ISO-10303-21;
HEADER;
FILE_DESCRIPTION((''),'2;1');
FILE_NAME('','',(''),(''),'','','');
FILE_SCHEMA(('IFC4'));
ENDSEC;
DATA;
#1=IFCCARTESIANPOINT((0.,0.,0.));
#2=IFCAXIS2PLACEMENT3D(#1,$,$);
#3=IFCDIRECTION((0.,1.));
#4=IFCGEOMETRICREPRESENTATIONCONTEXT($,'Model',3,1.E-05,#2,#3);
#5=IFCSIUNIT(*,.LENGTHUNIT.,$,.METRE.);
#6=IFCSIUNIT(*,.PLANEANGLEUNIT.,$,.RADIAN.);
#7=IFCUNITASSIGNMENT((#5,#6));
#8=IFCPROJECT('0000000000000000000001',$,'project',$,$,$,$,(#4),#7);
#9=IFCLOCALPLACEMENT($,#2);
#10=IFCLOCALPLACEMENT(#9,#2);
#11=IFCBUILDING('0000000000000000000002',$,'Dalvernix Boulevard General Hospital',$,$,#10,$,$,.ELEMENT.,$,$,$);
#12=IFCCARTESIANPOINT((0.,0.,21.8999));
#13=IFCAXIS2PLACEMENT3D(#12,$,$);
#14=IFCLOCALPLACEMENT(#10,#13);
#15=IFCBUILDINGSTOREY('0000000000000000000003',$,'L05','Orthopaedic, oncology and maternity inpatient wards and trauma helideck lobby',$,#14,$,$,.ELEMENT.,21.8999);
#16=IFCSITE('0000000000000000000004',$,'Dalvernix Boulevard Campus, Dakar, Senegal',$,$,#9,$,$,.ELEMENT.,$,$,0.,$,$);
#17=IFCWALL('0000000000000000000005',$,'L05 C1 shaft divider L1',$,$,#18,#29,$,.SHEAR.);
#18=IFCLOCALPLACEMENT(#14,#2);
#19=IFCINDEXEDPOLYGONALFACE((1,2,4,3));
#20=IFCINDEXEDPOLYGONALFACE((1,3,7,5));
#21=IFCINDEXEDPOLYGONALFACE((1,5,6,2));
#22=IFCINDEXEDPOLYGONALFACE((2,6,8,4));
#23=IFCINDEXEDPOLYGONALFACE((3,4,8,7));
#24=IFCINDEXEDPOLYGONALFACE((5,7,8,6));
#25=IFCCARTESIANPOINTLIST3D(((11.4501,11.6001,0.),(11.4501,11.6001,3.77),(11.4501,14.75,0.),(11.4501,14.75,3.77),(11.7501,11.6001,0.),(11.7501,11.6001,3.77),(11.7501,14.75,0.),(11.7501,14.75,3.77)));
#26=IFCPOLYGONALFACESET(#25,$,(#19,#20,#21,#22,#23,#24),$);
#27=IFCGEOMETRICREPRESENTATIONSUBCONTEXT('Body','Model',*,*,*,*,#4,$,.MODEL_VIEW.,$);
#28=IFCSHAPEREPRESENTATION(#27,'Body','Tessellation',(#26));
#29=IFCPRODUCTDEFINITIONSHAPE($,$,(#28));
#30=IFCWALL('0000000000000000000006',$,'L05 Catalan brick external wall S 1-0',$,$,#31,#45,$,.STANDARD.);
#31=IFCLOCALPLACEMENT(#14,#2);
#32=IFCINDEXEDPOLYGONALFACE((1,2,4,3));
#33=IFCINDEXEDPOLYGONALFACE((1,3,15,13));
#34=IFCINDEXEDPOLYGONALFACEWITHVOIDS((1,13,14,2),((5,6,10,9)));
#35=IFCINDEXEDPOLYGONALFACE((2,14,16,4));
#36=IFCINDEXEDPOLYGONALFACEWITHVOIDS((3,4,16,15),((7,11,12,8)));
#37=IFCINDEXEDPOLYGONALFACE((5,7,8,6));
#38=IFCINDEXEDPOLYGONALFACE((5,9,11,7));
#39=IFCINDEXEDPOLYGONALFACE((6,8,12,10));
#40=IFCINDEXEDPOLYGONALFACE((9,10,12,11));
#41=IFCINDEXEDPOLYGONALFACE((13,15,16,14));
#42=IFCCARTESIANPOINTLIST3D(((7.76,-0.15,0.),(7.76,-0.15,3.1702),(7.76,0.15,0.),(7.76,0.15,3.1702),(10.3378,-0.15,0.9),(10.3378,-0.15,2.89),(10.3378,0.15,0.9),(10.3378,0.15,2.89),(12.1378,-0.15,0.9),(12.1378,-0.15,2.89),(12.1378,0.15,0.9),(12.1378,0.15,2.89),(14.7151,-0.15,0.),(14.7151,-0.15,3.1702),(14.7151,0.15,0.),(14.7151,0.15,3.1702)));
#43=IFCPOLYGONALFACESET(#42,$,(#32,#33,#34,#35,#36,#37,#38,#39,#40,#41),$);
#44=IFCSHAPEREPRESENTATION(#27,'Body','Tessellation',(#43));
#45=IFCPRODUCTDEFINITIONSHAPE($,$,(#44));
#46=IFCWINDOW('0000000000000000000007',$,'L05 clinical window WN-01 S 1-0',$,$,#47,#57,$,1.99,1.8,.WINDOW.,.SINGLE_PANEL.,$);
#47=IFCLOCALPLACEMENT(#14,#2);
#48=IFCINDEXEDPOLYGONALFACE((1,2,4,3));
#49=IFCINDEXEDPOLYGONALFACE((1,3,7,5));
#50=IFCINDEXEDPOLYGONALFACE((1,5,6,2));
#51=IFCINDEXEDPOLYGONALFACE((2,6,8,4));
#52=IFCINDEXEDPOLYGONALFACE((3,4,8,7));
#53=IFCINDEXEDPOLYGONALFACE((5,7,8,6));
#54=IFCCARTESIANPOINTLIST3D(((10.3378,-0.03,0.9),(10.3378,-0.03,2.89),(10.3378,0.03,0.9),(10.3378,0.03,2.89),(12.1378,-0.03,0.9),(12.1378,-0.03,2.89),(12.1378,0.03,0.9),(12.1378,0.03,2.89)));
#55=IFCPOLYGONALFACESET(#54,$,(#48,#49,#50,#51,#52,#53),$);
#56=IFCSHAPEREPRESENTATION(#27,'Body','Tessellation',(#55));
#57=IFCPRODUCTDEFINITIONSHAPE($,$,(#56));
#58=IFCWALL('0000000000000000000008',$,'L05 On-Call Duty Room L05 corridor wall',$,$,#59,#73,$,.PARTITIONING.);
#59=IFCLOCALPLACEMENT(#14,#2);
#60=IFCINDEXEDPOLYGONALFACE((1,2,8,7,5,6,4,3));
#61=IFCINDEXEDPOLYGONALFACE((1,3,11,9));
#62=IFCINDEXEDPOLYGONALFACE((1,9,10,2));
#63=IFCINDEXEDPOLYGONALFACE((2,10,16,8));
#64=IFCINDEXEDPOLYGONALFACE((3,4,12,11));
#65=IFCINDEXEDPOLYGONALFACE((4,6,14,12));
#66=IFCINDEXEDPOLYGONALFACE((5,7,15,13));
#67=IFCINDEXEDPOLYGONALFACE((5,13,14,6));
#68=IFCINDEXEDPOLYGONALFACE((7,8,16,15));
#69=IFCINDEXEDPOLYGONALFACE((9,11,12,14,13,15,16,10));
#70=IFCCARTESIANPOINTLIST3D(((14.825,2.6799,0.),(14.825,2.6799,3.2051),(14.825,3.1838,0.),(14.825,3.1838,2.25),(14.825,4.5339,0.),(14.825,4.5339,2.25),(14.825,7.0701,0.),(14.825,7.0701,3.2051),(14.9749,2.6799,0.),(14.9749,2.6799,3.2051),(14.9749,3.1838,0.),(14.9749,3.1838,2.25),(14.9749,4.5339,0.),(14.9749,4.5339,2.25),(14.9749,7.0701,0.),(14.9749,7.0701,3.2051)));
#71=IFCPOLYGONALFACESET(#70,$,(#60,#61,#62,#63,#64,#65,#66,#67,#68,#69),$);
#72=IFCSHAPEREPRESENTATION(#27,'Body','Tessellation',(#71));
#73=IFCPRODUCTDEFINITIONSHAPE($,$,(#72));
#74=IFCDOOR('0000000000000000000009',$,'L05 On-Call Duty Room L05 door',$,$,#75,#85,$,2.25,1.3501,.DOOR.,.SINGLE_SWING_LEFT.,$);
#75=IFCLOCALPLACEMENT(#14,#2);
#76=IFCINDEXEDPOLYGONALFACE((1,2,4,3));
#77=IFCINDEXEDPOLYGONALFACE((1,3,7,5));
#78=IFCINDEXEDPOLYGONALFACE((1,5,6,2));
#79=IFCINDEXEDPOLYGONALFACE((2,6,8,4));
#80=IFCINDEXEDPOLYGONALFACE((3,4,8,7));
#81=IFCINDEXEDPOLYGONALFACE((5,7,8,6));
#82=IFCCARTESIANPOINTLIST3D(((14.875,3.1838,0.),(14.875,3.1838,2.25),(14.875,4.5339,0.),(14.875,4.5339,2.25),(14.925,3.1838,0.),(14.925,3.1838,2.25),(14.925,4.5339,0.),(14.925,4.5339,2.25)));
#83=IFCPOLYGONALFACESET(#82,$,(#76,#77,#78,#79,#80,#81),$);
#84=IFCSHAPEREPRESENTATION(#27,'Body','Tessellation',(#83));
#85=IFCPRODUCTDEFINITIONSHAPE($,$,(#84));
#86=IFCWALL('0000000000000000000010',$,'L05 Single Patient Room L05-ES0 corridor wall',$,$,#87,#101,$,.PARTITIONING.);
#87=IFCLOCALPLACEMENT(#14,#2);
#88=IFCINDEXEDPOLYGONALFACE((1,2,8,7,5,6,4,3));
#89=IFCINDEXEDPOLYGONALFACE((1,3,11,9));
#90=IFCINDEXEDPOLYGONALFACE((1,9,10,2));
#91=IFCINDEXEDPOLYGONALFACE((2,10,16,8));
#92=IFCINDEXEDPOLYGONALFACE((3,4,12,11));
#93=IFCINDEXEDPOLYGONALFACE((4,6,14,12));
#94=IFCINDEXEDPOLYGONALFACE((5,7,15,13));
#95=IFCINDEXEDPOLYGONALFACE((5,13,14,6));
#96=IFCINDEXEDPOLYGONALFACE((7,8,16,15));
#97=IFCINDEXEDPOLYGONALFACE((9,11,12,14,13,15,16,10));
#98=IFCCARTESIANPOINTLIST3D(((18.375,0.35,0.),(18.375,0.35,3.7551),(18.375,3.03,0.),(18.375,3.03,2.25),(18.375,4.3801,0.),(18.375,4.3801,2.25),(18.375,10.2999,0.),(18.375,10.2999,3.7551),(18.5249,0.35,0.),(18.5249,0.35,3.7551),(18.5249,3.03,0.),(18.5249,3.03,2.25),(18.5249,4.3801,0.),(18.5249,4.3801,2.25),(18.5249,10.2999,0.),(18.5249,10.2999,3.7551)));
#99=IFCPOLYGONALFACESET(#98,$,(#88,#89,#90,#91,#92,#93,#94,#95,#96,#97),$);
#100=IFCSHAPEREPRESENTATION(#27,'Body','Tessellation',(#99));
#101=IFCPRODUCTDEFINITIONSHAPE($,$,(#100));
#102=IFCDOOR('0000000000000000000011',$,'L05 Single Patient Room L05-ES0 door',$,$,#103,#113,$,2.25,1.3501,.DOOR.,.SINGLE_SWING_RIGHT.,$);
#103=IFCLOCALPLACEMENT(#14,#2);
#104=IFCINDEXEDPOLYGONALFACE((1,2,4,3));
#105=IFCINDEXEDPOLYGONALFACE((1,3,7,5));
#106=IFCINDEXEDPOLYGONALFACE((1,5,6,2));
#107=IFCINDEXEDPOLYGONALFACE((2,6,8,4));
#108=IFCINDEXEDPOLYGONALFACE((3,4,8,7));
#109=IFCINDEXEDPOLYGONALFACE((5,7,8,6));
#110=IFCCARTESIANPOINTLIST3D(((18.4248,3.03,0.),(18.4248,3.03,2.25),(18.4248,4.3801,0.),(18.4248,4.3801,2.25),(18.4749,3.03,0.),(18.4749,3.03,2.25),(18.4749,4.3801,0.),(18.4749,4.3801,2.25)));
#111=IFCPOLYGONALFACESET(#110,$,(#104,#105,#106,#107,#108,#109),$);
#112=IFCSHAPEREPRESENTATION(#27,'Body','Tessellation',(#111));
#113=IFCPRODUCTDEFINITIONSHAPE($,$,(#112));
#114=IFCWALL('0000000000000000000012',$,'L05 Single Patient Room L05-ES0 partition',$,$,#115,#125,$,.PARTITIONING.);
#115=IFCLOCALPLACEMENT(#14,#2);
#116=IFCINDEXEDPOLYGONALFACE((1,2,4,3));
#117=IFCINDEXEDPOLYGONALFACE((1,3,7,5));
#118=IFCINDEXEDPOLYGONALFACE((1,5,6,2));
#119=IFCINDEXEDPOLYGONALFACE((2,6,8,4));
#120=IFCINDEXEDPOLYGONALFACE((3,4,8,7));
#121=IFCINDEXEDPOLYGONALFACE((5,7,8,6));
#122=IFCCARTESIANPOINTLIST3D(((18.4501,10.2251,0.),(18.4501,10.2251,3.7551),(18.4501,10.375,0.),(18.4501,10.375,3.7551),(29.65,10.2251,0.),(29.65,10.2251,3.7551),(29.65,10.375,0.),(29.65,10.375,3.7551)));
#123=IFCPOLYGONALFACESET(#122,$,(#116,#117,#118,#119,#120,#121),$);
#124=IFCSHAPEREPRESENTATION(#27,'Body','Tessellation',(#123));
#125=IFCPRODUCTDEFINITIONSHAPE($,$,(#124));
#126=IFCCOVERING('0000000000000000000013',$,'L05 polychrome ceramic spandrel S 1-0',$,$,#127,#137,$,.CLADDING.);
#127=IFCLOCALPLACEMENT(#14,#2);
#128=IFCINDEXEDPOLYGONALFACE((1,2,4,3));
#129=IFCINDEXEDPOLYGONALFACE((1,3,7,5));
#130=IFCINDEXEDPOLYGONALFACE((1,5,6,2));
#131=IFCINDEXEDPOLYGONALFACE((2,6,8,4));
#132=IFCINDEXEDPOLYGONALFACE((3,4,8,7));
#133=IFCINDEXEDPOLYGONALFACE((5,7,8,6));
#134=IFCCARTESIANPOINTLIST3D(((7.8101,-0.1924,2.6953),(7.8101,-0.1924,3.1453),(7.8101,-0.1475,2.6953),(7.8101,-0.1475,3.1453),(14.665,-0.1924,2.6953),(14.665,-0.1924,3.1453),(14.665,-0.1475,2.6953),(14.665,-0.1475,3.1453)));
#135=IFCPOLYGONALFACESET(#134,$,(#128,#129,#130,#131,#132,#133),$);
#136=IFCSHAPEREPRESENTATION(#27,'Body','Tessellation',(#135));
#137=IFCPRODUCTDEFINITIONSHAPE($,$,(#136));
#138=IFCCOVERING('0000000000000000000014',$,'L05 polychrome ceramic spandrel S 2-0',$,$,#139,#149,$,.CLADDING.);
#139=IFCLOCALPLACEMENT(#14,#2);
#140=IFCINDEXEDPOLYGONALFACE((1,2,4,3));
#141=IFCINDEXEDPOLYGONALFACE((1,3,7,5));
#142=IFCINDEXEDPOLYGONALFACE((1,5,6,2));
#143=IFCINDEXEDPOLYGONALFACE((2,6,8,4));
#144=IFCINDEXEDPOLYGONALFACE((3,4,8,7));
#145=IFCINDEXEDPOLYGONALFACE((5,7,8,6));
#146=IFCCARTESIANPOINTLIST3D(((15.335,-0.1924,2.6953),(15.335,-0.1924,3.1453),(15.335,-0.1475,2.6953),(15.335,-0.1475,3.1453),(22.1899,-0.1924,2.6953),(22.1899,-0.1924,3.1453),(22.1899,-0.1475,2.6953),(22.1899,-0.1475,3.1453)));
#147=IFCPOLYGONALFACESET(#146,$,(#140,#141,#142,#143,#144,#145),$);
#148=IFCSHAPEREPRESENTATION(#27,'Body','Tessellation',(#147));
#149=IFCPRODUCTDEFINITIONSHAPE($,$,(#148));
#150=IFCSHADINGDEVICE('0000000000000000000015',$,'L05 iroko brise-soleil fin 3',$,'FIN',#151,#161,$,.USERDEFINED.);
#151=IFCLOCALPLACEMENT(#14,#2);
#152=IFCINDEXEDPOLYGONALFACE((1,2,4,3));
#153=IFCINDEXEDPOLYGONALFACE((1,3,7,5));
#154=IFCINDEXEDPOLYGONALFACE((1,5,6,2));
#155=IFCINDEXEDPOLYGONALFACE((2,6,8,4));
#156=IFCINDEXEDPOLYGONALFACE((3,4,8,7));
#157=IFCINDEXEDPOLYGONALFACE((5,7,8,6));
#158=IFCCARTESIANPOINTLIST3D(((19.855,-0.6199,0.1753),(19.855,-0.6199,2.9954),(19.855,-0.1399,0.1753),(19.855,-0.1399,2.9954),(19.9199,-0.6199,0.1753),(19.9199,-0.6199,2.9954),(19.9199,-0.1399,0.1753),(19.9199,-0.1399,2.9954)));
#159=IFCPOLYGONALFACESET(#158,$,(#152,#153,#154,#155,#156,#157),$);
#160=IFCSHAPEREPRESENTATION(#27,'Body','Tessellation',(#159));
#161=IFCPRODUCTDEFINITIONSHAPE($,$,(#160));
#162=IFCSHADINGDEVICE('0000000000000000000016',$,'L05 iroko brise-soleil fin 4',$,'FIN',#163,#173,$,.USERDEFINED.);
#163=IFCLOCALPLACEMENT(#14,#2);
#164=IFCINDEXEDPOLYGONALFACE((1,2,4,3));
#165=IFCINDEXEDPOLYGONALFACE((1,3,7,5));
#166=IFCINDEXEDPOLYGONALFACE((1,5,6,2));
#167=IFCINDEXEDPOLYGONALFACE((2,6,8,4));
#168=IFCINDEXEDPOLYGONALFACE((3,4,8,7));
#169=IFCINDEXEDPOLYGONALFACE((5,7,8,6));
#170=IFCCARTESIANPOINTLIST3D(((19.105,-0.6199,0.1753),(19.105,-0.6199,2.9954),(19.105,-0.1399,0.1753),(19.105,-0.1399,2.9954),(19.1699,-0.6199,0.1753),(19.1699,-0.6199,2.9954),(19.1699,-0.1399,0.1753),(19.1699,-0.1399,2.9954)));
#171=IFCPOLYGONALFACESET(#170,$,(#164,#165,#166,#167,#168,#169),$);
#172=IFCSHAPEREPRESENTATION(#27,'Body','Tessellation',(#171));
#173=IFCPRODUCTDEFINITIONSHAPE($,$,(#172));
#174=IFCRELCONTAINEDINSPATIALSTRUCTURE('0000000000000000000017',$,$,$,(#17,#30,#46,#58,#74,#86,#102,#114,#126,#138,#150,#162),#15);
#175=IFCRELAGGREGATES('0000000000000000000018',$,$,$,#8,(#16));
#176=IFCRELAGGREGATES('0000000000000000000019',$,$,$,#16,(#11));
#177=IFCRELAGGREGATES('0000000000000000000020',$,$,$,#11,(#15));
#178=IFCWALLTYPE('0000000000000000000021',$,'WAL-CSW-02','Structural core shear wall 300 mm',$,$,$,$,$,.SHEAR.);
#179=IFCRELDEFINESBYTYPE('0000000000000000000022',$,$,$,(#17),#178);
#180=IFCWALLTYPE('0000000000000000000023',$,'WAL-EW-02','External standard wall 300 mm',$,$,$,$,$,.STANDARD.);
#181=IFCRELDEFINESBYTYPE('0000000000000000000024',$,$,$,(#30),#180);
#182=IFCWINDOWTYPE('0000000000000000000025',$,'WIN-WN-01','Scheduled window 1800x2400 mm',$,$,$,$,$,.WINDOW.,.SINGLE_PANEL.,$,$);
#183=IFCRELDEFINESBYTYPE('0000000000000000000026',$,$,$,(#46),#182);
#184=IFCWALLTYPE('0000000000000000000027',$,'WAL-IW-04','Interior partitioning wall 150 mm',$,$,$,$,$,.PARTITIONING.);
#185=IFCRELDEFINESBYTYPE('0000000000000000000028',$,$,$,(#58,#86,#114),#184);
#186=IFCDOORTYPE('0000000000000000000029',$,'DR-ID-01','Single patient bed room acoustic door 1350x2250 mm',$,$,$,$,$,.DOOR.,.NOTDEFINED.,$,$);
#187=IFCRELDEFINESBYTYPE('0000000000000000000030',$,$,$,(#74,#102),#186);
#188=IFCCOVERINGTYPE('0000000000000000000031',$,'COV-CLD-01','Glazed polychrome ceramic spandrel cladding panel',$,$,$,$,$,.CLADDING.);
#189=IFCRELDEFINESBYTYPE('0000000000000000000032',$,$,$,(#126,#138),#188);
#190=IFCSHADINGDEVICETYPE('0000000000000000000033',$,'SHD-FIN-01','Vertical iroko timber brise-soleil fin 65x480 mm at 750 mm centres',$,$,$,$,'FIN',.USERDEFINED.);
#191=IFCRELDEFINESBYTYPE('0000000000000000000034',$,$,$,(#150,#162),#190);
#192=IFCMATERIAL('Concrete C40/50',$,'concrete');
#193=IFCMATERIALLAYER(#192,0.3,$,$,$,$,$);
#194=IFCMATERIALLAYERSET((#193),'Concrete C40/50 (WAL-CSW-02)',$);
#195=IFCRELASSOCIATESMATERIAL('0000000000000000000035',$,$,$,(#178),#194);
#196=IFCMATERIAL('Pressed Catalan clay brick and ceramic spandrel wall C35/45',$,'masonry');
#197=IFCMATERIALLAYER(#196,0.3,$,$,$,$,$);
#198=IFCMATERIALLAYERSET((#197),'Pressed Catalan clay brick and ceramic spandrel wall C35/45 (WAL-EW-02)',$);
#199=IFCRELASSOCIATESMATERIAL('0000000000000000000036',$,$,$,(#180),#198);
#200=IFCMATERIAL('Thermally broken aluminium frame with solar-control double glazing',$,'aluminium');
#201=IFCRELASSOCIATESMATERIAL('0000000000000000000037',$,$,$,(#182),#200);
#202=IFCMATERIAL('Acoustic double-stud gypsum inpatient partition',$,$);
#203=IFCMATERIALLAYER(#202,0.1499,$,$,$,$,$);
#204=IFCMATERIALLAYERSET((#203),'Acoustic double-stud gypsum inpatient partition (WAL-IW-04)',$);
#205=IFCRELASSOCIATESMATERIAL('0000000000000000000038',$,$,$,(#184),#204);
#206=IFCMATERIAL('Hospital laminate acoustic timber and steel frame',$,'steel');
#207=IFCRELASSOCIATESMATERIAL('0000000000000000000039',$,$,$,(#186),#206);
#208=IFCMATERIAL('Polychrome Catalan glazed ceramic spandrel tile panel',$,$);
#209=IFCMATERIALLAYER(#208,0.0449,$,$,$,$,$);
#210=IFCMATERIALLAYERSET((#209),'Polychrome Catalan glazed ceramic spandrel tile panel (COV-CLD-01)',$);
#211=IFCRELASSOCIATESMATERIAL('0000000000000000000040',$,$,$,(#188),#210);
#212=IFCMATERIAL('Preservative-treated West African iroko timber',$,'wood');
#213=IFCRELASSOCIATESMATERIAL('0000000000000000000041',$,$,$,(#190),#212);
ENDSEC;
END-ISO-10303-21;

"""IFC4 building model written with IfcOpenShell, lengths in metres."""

from ifc_helpers import new_model, si_unit, direction, frame, frame_2d, origin, origin_2d, place, context, subcontext, project, spatial, rectangle, extrude, material, layer, layer_set, type_object, element, fill, save


model = new_model("IFC4")

# Units and contexts
model_context = context("Model", 3, precision=1e-05, world=origin(), true_north=direction((0.0, 1.0)))
body_context = subcontext(model_context, "Body", "Model", "MODEL_VIEW")
ifc_project = project(units=[si_unit("LENGTHUNIT", "METRE"), si_unit("PLANEANGLEUNIT", "RADIAN")], contexts=[model_context])

# Site, building, storey
site_placement = place(None, origin())
site = spatial("IfcSite", under=ifc_project, at=site_placement, Name="Dalvernix Boulevard Campus, Dakar, Senegal", CompositionType="ELEMENT", RefElevation=0.0)
building_placement = place(site_placement, origin())
building = spatial("IfcBuilding", under=site, at=building_placement, Name="Dalvernix Boulevard General Hospital", CompositionType="ELEMENT")
storey_placement = place(building_placement, frame((0.0, 0.0, 21.8999)))
storey = spatial("IfcBuildingStorey", under=building, at=storey_placement, Name="L05", Description="Orthopaedic, oncology and maternity inpatient wards and trauma helideck lobby", CompositionType="ELEMENT", Elevation=21.8999)

# Shared definitions
ifc_material_1 = material(Name="Concrete C40/50", Category="concrete")

# Wall
ifc_layer_1 = layer(ifc_material_1, 0.3)
ifc_layer_set_1 = layer_set([ifc_layer_1], Name="Concrete C40/50 (WAL-CSW-02)")
wall_type_1 = type_object("IfcWallType", Name="WAL-CSW-02", Description="Structural core shear wall 300 mm", PredefinedType="SHEAR", material=ifc_layer_set_1)
for number, where, z_axis, x_axis, name in (
    (1, (11.6001, 11.6001, 0.0), (0.0, 0.0, 1.0), (0.0, 1.0, 0.0), "L05 C1 shaft divider L1"),
):
    element("IfcWall", number, at=place(storey_placement, frame(where, z_axis=z_axis, x_axis=x_axis)), inside=storey, type_object=wall_type_1, Name=name, PredefinedType="SHEAR", context=body_context, shape_type="SweptSolid", body=[
        extrude(rectangle(XDim=3.1499, YDim=0.3, at=frame_2d((1.575, 0.0))), origin(), (0.0, 0.0, 1.0), 3.77),
    ])

# Wall, opening, window
ifc_material_2 = material(Name="Pressed Catalan clay brick and ceramic spandrel wall C35/45", Category="masonry")
ifc_layer_2 = layer(ifc_material_2, 0.3)
ifc_layer_set_2 = layer_set([ifc_layer_2], Name="Pressed Catalan clay brick and ceramic spandrel wall C35/45 (WAL-EW-02)")
wall_type_2 = type_object("IfcWallType", Name="WAL-EW-02", Description="External standard wall 300 mm", PredefinedType="STANDARD", material=ifc_layer_set_2)
wall_1_placement = place(storey_placement, frame((14.7151, 0.0, 0.0), z_axis=(0.0, 0.0, 1.0), x_axis=(-1.0, 0.0, 0.0)))
wall_1 = element("IfcWall", 2, at=wall_1_placement, inside=storey, type_object=wall_type_2, Name="L05 Catalan brick external wall S 1-0", PredefinedType="STANDARD", context=body_context, shape_type="SweptSolid", body=[
    extrude(rectangle(XDim=6.9551, YDim=0.3, at=frame_2d((3.4775, 0.0))), origin(), (0.0, 0.0, 1.0), 3.1702),
])
opening_1_placement = place(wall_1_placement, frame((2.5774, 0.0, 0.8999)))
opening_1 = element("IfcOpeningElement", 3, at=opening_1_placement, cuts=wall_1, PredefinedType="OPENING", context=body_context, shape_type="SweptSolid", body=[
    extrude(rectangle(XDim=1.8, YDim=1.99, at=frame_2d((0.8999, 0.9951))), frame((0.0, 0.1599, 0.0), z_axis=(0.0, -1.0, 0.0), x_axis=(1.0, 0.0, 0.0)), (0.0, 0.0, 1.0), 0.3201),
])
ifc_material_3 = material(Name="Thermally broken aluminium frame with solar-control double glazing", Category="aluminium")
window_type = type_object("IfcWindowType", Name="WIN-WN-01", Description="Scheduled window 1800x2400 mm", PartitioningType="SINGLE_PANEL", PredefinedType="WINDOW", material=ifc_material_3)
window_placement = place(opening_1_placement, origin())
window = element("IfcWindow", 4, at=window_placement, inside=storey, type_object=window_type, Name="L05 clinical window WN-01 S 1-0", OverallHeight=1.99, OverallWidth=1.8, PartitioningType="SINGLE_PANEL", PredefinedType="WINDOW", context=body_context, shape_type="SweptSolid", body=[
    extrude(rectangle(XDim=1.8, YDim=1.99, at=frame_2d((0.8999, 0.9951))), frame((0.0, 0.03, 0.0), z_axis=(0.0, -1.0, 0.0), x_axis=(1.0, 0.0, 0.0)), (0.0, 0.0, 1.0), 0.0601),
])
fill(opening_1, window)

# Walls, openings, doors
ifc_material_4 = material(Name="Acoustic double-stud gypsum inpatient partition")
ifc_layer_3 = layer(ifc_material_4, 0.1499)
ifc_layer_set_3 = layer_set([ifc_layer_3], Name="Acoustic double-stud gypsum inpatient partition (WAL-IW-04)")
wall_type_3 = type_object("IfcWallType", Name="WAL-IW-04", Description="Interior partitioning wall 150 mm", PredefinedType="PARTITIONING", material=ifc_layer_set_3)
wall_2_placement = place(storey_placement, frame((14.8999, 2.6799, 0.0), z_axis=(0.0, 0.0, 1.0), x_axis=(0.0, 1.0, 0.0)))
wall_2 = element("IfcWall", 5, at=wall_2_placement, inside=storey, type_object=wall_type_3, Name="L05 On-Call Duty Room L05 corridor wall", PredefinedType="PARTITIONING", context=body_context, shape_type="SweptSolid", body=[
    extrude(rectangle(XDim=4.3901, YDim=0.1499, at=frame_2d((2.1951, 0.0))), origin(), (0.0, 0.0, 1.0), 3.2051),
])
opening_2_placement = place(wall_2_placement, frame((0.5039, 0.0, 0.0)))
opening_2 = element("IfcOpeningElement", 6, at=opening_2_placement, cuts=wall_2, PredefinedType="OPENING", context=body_context, shape_type="SweptSolid", body=[
    extrude(rectangle(XDim=1.3501, YDim=2.25, at=frame_2d((0.675, 1.125))), frame((0.0, 0.085, 0.0), z_axis=(0.0, -1.0, 0.0), x_axis=(1.0, 0.0, 0.0)), (0.0, 0.0, 1.0), 0.1699),
])
ifc_material_5 = material(Name="Hospital laminate acoustic timber and steel frame", Category="steel")
door_type_1 = type_object("IfcDoorType", Name="DR-ID-01", Description="Single patient bed room acoustic door 1350x2250 mm", OperationType="NOTDEFINED", PredefinedType="DOOR", material=ifc_material_5)
door_1_placement = place(opening_2_placement, origin())
door_1 = element("IfcDoor", 7, at=door_1_placement, inside=storey, type_object=door_type_1, Name="L05 On-Call Duty Room L05 door", OperationType="SINGLE_SWING_LEFT", OverallHeight=2.25, OverallWidth=1.3501, PredefinedType="DOOR", context=body_context, shape_type="SweptSolid", body=[
    extrude(rectangle(XDim=1.3501, YDim=2.25, at=frame_2d((0.675, 1.125))), frame((0.0, 0.0249, 0.0), z_axis=(0.0, -1.0, 0.0), x_axis=(1.0, 0.0, 0.0)), (0.0, 0.0, 1.0), 0.05),
])
fill(opening_2, door_1)
wall_3_placement = place(storey_placement, frame((18.45, 10.3, 0.0), z_axis=(0.0, 0.0, 1.0), x_axis=(0.0, -1.0, 0.0)))
wall_3 = element("IfcWall", 8, at=wall_3_placement, inside=storey, type_object=wall_type_3, Name="L05 Single Patient Room L05-ES0 corridor wall", PredefinedType="PARTITIONING", context=body_context, shape_type="SweptSolid", body=[
    extrude(rectangle(XDim=9.95, YDim=0.1499, at=frame_2d((4.9751, 0.0))), origin(), (0.0, 0.0, 1.0), 3.7551),
])
opening_3_placement = place(wall_3_placement, frame((5.9199, 0.0, 0.0)))
opening_3 = element("IfcOpeningElement", 9, at=opening_3_placement, cuts=wall_3, PredefinedType="OPENING", context=body_context, shape_type="SweptSolid", body=[
    extrude(rectangle(XDim=1.3501, YDim=2.25, at=frame_2d((0.675, 1.125))), frame((0.0, 0.085, 0.0), z_axis=(0.0, -1.0, 0.0), x_axis=(1.0, 0.0, 0.0)), (0.0, 0.0, 1.0), 0.1699),
])
door_2_placement = place(opening_3_placement, origin())
door_2 = element("IfcDoor", 10, at=door_2_placement, inside=storey, type_object=door_type_1, Name="L05 Single Patient Room L05-ES0 door", OperationType="SINGLE_SWING_RIGHT", OverallHeight=2.25, OverallWidth=1.3501, PredefinedType="DOOR", context=body_context, shape_type="SweptSolid", body=[
    extrude(rectangle(XDim=1.3501, YDim=2.25, at=frame_2d((0.675, 1.125))), frame((0.0, 0.0249, 0.0), z_axis=(0.0, -1.0, 0.0), x_axis=(1.0, 0.0, 0.0)), (0.0, 0.0, 1.0), 0.05),
])
fill(opening_3, door_2)

# Wall
wall_4_placement = place(storey_placement, frame((18.45, 10.3, 0.0), z_axis=(0.0, 0.0, 1.0), x_axis=(1.0, 0.0, 0.0)))
element("IfcWall", 11, at=wall_4_placement, inside=storey, type_object=wall_type_3, Name="L05 Single Patient Room L05-ES0 partition", PredefinedType="PARTITIONING", context=body_context, shape_type="SweptSolid", body=[
    extrude(rectangle(XDim=11.2, YDim=0.1499, at=frame_2d((5.6001, 0.0))), origin(), (0.0, 0.0, 1.0), 3.7551),
])

# Coverings
ifc_material_6 = material(Name="Polychrome Catalan glazed ceramic spandrel tile panel")
ifc_layer_4 = layer(ifc_material_6, 0.0449)
ifc_layer_set_4 = layer_set([ifc_layer_4], Name="Polychrome Catalan glazed ceramic spandrel tile panel (COV-CLD-01)")
covering_type = type_object("IfcCoveringType", Name="COV-CLD-01", Description="Glazed polychrome ceramic spandrel cladding panel", PredefinedType="CLADDING", material=ifc_layer_set_4)
for number, where, z_axis, x_axis, name in (
    (12, (11.2375, -0.1699, 2.6953), (0.0, 0.0, 1.0), (-1.0, 0.0, 0.0), "L05 polychrome ceramic spandrel S 1-0"),
    (13, (18.7625, -0.1699, 2.6953), (0.0, 0.0, 1.0), (-1.0, 0.0, 0.0), "L05 polychrome ceramic spandrel S 2-0"),
):
    element("IfcCovering", number, at=place(storey_placement, frame(where, z_axis=z_axis, x_axis=x_axis)), inside=storey, type_object=covering_type, Name=name, PredefinedType="CLADDING", context=body_context, shape_type="SweptSolid", body=[
        extrude(rectangle(XDim=6.855, YDim=0.0449, at=origin_2d()), origin(), (0.0, 0.0, 1.0), 0.45),
    ])

# Shading devices
ifc_material_7 = material(Name="Preservative-treated West African iroko timber", Category="wood")
shading_device_type = type_object("IfcShadingDeviceType", Name="SHD-FIN-01", Description="Vertical iroko timber brise-soleil fin 65x480 mm at 750 mm centres", ElementType="FIN", PredefinedType="USERDEFINED", material=ifc_material_7)
for number, where, z_axis, x_axis, name in (
    (14, (19.8875, -0.3799, 0.1753), (0.0, 0.0, 1.0), (-1.0, 0.0, 0.0), "L05 iroko brise-soleil fin 3"),
    (15, (19.1375, -0.3799, 0.1753), (0.0, 0.0, 1.0), (-1.0, 0.0, 0.0), "L05 iroko brise-soleil fin 4"),
):
    element("IfcShadingDevice", number, at=place(storey_placement, frame(where, z_axis=z_axis, x_axis=x_axis)), inside=storey, type_object=shading_device_type, Name=name, ObjectType="FIN", PredefinedType="USERDEFINED", context=body_context, shape_type="SweptSolid", body=[
        extrude(rectangle(XDim=0.0649, YDim=0.48, at=origin_2d()), origin(), (0.0, 0.0, 1.0), 2.8201),
    ])

save(model, "model.ifc")
